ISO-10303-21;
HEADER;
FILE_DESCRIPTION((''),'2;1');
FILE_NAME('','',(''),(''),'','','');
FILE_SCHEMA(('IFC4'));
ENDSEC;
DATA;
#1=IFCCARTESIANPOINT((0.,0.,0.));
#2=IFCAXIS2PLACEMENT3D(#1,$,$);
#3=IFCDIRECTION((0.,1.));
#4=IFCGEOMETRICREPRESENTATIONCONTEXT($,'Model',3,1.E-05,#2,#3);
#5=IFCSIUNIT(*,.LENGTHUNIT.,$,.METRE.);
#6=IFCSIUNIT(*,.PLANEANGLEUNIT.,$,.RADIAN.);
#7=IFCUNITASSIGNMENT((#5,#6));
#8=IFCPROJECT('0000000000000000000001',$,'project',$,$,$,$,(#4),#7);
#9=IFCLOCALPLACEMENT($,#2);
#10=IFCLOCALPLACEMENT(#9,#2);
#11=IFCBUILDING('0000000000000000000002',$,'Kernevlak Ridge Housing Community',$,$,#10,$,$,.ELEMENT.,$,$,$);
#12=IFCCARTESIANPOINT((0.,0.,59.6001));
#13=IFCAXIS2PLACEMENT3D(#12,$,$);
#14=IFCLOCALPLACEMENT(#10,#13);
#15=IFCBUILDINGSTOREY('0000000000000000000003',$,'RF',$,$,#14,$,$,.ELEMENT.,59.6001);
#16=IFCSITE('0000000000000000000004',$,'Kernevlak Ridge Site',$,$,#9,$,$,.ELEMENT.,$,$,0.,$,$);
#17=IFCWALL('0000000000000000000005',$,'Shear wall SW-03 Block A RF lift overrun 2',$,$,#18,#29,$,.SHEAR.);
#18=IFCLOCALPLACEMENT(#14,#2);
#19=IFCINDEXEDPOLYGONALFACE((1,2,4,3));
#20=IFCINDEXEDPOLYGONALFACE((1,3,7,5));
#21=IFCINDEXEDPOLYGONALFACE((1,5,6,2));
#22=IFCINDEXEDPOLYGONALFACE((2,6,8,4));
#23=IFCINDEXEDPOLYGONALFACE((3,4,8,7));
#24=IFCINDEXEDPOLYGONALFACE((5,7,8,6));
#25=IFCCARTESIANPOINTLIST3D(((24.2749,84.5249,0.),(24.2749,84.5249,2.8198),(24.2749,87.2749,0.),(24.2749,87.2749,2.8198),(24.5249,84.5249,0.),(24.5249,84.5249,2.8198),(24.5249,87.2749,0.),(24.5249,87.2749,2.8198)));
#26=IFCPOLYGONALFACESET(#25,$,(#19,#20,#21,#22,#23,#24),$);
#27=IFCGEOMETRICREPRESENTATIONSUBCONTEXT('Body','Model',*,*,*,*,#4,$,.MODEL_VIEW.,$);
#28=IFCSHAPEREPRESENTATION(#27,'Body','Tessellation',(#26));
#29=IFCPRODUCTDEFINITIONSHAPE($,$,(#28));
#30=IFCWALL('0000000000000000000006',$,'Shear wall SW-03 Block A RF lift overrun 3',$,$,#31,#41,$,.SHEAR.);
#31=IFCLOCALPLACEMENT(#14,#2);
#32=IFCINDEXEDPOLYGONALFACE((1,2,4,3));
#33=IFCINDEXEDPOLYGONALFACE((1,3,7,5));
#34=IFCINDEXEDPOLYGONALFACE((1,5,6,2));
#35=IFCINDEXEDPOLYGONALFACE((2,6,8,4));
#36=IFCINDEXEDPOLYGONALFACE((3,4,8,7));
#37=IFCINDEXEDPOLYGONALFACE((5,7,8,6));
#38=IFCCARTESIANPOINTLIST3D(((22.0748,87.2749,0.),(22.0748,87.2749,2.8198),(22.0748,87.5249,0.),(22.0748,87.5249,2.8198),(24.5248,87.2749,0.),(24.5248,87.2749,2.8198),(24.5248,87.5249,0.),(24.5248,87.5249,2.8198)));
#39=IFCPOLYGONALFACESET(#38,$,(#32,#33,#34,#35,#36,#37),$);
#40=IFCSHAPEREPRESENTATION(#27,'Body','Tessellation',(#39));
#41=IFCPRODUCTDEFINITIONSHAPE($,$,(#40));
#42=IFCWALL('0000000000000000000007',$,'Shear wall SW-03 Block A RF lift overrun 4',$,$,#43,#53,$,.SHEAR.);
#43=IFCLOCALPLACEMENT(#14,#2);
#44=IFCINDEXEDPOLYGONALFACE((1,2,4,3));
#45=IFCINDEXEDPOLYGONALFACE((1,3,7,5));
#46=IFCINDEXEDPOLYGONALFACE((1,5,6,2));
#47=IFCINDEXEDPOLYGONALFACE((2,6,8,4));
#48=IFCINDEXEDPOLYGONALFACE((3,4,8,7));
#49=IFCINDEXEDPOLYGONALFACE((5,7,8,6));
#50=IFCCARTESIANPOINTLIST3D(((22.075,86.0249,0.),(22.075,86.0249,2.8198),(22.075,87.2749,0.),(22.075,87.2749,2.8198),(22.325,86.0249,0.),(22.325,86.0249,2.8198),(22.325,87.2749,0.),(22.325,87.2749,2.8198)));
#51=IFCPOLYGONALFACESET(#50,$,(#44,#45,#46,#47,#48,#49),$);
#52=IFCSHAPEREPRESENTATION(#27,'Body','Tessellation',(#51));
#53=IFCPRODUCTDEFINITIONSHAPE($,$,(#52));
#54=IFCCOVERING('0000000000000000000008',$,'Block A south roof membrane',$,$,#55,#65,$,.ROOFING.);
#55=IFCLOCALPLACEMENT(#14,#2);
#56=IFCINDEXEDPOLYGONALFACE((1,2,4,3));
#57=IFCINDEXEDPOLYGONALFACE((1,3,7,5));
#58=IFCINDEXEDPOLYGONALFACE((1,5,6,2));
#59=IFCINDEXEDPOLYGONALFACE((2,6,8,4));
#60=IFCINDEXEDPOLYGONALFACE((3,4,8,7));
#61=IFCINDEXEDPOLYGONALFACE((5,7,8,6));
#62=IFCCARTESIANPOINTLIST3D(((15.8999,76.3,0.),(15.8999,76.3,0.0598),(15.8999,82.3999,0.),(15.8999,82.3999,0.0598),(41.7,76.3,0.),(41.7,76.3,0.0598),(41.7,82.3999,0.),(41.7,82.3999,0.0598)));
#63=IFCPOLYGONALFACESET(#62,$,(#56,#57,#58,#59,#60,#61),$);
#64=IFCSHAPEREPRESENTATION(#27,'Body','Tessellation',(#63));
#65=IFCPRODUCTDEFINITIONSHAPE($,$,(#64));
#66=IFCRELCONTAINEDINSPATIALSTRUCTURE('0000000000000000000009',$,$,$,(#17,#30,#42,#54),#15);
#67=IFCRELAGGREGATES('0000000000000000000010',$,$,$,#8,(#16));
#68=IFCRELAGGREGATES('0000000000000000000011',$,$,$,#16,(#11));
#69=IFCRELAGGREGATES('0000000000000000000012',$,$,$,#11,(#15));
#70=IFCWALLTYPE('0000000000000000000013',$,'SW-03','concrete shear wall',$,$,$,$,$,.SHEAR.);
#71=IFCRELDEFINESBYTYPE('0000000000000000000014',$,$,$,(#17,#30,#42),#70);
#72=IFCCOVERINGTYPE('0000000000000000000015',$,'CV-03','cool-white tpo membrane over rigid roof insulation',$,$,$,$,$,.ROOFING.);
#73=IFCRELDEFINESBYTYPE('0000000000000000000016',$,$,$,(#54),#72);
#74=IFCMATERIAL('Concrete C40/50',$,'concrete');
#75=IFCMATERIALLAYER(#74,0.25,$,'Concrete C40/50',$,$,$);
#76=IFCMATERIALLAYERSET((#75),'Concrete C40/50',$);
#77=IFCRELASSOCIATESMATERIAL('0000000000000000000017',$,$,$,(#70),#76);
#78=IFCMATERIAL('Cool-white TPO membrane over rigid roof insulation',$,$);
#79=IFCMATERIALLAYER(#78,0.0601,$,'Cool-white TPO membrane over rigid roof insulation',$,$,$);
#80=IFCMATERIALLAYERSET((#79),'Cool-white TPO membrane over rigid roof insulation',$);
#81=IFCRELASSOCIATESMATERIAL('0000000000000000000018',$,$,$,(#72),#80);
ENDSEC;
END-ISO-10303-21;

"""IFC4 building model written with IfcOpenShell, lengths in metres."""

from ifc_helpers import new_model, si_unit, direction, frame, frame_2d, origin, place, context, subcontext, project, spatial, polyline, rectangle, outline, extrude, material, layer, layer_set, type_object, element, save


model = new_model("IFC4")

# Units and contexts
model_context = context("Model", 3, precision=1e-05, world=origin(), true_north=direction((0.0, 1.0)))
body_context = subcontext(model_context, "Body", "Model", "MODEL_VIEW")
ifc_project = project(units=[si_unit("LENGTHUNIT", "METRE"), si_unit("PLANEANGLEUNIT", "RADIAN")], contexts=[model_context])

# Site, building, storey
site_placement = place(None, origin())
site = spatial("IfcSite", under=ifc_project, at=site_placement, Name="Kernevlak Ridge Site", CompositionType="ELEMENT", RefElevation=0.0)
building_placement = place(site_placement, origin())
building = spatial("IfcBuilding", under=site, at=building_placement, Name="Kernevlak Ridge Housing Community", CompositionType="ELEMENT")
storey_placement = place(building_placement, frame((0.0, 0.0, 59.6001)))
storey = spatial("IfcBuildingStorey", under=building, at=storey_placement, Name="RF", CompositionType="ELEMENT", Elevation=59.6001)

# Shared definitions
ifc_material_1 = material(Name="Concrete C40/50", Category="concrete")
ifc_layer_1 = layer(ifc_material_1, 0.25, Name="Concrete C40/50")
ifc_layer_set_1 = layer_set([ifc_layer_1], Name="Concrete C40/50")
wall_type_1 = type_object("IfcWallType", Name="SW-03", Description="concrete shear wall", PredefinedType="SHEAR", material=ifc_layer_set_1)

# Walls
wall_1_placement = place(storey_placement, frame((24.3999, 84.5249, 0.0), z_axis=(0.0, 0.0, 1.0), x_axis=(0.0, 1.0, 0.0)))
element("IfcWall", 1, at=wall_1_placement, inside=storey, type_object=wall_type_1, Name="Shear wall SW-03 Block A RF lift overrun 2", PredefinedType="SHEAR", context=body_context, shape_type="SweptSolid", body=[
    extrude(rectangle(XDim=2.75, YDim=0.25, at=frame_2d((1.375, 0.0))), origin(), (0.0, 0.0, 1.0), 2.8198),
])
wall_2_placement = place(storey_placement, frame((24.5249, 87.3999, 0.0), z_axis=(0.0, 0.0, 1.0), x_axis=(-1.0, 0.0, 0.0)))
element("IfcWall", 2, at=wall_2_placement, inside=storey, type_object=wall_type_1, Name="Shear wall SW-03 Block A RF lift overrun 3", PredefinedType="SHEAR", context=body_context, shape_type="SweptSolid", body=[
    extrude(rectangle(XDim=2.45, YDim=0.25, at=frame_2d((1.2251, 0.0))), origin(), (0.0, 0.0, 1.0), 2.8198),
])
wall_3_placement = place(storey_placement, frame((22.2, 87.2749, 0.0), z_axis=(0.0, 0.0, 1.0), x_axis=(0.0, -1.0, 0.0)))
element("IfcWall", 3, at=wall_3_placement, inside=storey, type_object=wall_type_1, Name="Shear wall SW-03 Block A RF lift overrun 4", PredefinedType="SHEAR", context=body_context, shape_type="SweptSolid", body=[
    extrude(rectangle(XDim=1.25, YDim=0.25, at=frame_2d((0.625, 0.0))), origin(), (0.0, 0.0, 1.0), 2.8198),
])

# Covering
ifc_material_2 = material(Name="Cool-white TPO membrane over rigid roof insulation")
ifc_layer_2 = layer(ifc_material_2, 0.0601, Name="Cool-white TPO membrane over rigid roof insulation")
ifc_layer_set_2 = layer_set([ifc_layer_2], Name="Cool-white TPO membrane over rigid roof insulation")
covering_type = type_object("IfcCoveringType", Name="CV-03", Description="cool-white tpo membrane over rigid roof insulation", PredefinedType="ROOFING", material=ifc_layer_set_2)
covering_placement = place(storey_placement, origin())
element("IfcCovering", 4, at=covering_placement, inside=storey, type_object=covering_type, Name="Block A south roof membrane", PredefinedType="ROOFING", context=body_context, shape_type="SweptSolid", body=[
    extrude(outline(polyline([(15.8999, 76.3), (41.7, 76.3), (41.7, 82.3999), (15.8999, 82.3999), (15.8999, 76.3)])), origin(), (0.0, 0.0, 1.0), 0.0598),
])

save(model, "model.ifc")
